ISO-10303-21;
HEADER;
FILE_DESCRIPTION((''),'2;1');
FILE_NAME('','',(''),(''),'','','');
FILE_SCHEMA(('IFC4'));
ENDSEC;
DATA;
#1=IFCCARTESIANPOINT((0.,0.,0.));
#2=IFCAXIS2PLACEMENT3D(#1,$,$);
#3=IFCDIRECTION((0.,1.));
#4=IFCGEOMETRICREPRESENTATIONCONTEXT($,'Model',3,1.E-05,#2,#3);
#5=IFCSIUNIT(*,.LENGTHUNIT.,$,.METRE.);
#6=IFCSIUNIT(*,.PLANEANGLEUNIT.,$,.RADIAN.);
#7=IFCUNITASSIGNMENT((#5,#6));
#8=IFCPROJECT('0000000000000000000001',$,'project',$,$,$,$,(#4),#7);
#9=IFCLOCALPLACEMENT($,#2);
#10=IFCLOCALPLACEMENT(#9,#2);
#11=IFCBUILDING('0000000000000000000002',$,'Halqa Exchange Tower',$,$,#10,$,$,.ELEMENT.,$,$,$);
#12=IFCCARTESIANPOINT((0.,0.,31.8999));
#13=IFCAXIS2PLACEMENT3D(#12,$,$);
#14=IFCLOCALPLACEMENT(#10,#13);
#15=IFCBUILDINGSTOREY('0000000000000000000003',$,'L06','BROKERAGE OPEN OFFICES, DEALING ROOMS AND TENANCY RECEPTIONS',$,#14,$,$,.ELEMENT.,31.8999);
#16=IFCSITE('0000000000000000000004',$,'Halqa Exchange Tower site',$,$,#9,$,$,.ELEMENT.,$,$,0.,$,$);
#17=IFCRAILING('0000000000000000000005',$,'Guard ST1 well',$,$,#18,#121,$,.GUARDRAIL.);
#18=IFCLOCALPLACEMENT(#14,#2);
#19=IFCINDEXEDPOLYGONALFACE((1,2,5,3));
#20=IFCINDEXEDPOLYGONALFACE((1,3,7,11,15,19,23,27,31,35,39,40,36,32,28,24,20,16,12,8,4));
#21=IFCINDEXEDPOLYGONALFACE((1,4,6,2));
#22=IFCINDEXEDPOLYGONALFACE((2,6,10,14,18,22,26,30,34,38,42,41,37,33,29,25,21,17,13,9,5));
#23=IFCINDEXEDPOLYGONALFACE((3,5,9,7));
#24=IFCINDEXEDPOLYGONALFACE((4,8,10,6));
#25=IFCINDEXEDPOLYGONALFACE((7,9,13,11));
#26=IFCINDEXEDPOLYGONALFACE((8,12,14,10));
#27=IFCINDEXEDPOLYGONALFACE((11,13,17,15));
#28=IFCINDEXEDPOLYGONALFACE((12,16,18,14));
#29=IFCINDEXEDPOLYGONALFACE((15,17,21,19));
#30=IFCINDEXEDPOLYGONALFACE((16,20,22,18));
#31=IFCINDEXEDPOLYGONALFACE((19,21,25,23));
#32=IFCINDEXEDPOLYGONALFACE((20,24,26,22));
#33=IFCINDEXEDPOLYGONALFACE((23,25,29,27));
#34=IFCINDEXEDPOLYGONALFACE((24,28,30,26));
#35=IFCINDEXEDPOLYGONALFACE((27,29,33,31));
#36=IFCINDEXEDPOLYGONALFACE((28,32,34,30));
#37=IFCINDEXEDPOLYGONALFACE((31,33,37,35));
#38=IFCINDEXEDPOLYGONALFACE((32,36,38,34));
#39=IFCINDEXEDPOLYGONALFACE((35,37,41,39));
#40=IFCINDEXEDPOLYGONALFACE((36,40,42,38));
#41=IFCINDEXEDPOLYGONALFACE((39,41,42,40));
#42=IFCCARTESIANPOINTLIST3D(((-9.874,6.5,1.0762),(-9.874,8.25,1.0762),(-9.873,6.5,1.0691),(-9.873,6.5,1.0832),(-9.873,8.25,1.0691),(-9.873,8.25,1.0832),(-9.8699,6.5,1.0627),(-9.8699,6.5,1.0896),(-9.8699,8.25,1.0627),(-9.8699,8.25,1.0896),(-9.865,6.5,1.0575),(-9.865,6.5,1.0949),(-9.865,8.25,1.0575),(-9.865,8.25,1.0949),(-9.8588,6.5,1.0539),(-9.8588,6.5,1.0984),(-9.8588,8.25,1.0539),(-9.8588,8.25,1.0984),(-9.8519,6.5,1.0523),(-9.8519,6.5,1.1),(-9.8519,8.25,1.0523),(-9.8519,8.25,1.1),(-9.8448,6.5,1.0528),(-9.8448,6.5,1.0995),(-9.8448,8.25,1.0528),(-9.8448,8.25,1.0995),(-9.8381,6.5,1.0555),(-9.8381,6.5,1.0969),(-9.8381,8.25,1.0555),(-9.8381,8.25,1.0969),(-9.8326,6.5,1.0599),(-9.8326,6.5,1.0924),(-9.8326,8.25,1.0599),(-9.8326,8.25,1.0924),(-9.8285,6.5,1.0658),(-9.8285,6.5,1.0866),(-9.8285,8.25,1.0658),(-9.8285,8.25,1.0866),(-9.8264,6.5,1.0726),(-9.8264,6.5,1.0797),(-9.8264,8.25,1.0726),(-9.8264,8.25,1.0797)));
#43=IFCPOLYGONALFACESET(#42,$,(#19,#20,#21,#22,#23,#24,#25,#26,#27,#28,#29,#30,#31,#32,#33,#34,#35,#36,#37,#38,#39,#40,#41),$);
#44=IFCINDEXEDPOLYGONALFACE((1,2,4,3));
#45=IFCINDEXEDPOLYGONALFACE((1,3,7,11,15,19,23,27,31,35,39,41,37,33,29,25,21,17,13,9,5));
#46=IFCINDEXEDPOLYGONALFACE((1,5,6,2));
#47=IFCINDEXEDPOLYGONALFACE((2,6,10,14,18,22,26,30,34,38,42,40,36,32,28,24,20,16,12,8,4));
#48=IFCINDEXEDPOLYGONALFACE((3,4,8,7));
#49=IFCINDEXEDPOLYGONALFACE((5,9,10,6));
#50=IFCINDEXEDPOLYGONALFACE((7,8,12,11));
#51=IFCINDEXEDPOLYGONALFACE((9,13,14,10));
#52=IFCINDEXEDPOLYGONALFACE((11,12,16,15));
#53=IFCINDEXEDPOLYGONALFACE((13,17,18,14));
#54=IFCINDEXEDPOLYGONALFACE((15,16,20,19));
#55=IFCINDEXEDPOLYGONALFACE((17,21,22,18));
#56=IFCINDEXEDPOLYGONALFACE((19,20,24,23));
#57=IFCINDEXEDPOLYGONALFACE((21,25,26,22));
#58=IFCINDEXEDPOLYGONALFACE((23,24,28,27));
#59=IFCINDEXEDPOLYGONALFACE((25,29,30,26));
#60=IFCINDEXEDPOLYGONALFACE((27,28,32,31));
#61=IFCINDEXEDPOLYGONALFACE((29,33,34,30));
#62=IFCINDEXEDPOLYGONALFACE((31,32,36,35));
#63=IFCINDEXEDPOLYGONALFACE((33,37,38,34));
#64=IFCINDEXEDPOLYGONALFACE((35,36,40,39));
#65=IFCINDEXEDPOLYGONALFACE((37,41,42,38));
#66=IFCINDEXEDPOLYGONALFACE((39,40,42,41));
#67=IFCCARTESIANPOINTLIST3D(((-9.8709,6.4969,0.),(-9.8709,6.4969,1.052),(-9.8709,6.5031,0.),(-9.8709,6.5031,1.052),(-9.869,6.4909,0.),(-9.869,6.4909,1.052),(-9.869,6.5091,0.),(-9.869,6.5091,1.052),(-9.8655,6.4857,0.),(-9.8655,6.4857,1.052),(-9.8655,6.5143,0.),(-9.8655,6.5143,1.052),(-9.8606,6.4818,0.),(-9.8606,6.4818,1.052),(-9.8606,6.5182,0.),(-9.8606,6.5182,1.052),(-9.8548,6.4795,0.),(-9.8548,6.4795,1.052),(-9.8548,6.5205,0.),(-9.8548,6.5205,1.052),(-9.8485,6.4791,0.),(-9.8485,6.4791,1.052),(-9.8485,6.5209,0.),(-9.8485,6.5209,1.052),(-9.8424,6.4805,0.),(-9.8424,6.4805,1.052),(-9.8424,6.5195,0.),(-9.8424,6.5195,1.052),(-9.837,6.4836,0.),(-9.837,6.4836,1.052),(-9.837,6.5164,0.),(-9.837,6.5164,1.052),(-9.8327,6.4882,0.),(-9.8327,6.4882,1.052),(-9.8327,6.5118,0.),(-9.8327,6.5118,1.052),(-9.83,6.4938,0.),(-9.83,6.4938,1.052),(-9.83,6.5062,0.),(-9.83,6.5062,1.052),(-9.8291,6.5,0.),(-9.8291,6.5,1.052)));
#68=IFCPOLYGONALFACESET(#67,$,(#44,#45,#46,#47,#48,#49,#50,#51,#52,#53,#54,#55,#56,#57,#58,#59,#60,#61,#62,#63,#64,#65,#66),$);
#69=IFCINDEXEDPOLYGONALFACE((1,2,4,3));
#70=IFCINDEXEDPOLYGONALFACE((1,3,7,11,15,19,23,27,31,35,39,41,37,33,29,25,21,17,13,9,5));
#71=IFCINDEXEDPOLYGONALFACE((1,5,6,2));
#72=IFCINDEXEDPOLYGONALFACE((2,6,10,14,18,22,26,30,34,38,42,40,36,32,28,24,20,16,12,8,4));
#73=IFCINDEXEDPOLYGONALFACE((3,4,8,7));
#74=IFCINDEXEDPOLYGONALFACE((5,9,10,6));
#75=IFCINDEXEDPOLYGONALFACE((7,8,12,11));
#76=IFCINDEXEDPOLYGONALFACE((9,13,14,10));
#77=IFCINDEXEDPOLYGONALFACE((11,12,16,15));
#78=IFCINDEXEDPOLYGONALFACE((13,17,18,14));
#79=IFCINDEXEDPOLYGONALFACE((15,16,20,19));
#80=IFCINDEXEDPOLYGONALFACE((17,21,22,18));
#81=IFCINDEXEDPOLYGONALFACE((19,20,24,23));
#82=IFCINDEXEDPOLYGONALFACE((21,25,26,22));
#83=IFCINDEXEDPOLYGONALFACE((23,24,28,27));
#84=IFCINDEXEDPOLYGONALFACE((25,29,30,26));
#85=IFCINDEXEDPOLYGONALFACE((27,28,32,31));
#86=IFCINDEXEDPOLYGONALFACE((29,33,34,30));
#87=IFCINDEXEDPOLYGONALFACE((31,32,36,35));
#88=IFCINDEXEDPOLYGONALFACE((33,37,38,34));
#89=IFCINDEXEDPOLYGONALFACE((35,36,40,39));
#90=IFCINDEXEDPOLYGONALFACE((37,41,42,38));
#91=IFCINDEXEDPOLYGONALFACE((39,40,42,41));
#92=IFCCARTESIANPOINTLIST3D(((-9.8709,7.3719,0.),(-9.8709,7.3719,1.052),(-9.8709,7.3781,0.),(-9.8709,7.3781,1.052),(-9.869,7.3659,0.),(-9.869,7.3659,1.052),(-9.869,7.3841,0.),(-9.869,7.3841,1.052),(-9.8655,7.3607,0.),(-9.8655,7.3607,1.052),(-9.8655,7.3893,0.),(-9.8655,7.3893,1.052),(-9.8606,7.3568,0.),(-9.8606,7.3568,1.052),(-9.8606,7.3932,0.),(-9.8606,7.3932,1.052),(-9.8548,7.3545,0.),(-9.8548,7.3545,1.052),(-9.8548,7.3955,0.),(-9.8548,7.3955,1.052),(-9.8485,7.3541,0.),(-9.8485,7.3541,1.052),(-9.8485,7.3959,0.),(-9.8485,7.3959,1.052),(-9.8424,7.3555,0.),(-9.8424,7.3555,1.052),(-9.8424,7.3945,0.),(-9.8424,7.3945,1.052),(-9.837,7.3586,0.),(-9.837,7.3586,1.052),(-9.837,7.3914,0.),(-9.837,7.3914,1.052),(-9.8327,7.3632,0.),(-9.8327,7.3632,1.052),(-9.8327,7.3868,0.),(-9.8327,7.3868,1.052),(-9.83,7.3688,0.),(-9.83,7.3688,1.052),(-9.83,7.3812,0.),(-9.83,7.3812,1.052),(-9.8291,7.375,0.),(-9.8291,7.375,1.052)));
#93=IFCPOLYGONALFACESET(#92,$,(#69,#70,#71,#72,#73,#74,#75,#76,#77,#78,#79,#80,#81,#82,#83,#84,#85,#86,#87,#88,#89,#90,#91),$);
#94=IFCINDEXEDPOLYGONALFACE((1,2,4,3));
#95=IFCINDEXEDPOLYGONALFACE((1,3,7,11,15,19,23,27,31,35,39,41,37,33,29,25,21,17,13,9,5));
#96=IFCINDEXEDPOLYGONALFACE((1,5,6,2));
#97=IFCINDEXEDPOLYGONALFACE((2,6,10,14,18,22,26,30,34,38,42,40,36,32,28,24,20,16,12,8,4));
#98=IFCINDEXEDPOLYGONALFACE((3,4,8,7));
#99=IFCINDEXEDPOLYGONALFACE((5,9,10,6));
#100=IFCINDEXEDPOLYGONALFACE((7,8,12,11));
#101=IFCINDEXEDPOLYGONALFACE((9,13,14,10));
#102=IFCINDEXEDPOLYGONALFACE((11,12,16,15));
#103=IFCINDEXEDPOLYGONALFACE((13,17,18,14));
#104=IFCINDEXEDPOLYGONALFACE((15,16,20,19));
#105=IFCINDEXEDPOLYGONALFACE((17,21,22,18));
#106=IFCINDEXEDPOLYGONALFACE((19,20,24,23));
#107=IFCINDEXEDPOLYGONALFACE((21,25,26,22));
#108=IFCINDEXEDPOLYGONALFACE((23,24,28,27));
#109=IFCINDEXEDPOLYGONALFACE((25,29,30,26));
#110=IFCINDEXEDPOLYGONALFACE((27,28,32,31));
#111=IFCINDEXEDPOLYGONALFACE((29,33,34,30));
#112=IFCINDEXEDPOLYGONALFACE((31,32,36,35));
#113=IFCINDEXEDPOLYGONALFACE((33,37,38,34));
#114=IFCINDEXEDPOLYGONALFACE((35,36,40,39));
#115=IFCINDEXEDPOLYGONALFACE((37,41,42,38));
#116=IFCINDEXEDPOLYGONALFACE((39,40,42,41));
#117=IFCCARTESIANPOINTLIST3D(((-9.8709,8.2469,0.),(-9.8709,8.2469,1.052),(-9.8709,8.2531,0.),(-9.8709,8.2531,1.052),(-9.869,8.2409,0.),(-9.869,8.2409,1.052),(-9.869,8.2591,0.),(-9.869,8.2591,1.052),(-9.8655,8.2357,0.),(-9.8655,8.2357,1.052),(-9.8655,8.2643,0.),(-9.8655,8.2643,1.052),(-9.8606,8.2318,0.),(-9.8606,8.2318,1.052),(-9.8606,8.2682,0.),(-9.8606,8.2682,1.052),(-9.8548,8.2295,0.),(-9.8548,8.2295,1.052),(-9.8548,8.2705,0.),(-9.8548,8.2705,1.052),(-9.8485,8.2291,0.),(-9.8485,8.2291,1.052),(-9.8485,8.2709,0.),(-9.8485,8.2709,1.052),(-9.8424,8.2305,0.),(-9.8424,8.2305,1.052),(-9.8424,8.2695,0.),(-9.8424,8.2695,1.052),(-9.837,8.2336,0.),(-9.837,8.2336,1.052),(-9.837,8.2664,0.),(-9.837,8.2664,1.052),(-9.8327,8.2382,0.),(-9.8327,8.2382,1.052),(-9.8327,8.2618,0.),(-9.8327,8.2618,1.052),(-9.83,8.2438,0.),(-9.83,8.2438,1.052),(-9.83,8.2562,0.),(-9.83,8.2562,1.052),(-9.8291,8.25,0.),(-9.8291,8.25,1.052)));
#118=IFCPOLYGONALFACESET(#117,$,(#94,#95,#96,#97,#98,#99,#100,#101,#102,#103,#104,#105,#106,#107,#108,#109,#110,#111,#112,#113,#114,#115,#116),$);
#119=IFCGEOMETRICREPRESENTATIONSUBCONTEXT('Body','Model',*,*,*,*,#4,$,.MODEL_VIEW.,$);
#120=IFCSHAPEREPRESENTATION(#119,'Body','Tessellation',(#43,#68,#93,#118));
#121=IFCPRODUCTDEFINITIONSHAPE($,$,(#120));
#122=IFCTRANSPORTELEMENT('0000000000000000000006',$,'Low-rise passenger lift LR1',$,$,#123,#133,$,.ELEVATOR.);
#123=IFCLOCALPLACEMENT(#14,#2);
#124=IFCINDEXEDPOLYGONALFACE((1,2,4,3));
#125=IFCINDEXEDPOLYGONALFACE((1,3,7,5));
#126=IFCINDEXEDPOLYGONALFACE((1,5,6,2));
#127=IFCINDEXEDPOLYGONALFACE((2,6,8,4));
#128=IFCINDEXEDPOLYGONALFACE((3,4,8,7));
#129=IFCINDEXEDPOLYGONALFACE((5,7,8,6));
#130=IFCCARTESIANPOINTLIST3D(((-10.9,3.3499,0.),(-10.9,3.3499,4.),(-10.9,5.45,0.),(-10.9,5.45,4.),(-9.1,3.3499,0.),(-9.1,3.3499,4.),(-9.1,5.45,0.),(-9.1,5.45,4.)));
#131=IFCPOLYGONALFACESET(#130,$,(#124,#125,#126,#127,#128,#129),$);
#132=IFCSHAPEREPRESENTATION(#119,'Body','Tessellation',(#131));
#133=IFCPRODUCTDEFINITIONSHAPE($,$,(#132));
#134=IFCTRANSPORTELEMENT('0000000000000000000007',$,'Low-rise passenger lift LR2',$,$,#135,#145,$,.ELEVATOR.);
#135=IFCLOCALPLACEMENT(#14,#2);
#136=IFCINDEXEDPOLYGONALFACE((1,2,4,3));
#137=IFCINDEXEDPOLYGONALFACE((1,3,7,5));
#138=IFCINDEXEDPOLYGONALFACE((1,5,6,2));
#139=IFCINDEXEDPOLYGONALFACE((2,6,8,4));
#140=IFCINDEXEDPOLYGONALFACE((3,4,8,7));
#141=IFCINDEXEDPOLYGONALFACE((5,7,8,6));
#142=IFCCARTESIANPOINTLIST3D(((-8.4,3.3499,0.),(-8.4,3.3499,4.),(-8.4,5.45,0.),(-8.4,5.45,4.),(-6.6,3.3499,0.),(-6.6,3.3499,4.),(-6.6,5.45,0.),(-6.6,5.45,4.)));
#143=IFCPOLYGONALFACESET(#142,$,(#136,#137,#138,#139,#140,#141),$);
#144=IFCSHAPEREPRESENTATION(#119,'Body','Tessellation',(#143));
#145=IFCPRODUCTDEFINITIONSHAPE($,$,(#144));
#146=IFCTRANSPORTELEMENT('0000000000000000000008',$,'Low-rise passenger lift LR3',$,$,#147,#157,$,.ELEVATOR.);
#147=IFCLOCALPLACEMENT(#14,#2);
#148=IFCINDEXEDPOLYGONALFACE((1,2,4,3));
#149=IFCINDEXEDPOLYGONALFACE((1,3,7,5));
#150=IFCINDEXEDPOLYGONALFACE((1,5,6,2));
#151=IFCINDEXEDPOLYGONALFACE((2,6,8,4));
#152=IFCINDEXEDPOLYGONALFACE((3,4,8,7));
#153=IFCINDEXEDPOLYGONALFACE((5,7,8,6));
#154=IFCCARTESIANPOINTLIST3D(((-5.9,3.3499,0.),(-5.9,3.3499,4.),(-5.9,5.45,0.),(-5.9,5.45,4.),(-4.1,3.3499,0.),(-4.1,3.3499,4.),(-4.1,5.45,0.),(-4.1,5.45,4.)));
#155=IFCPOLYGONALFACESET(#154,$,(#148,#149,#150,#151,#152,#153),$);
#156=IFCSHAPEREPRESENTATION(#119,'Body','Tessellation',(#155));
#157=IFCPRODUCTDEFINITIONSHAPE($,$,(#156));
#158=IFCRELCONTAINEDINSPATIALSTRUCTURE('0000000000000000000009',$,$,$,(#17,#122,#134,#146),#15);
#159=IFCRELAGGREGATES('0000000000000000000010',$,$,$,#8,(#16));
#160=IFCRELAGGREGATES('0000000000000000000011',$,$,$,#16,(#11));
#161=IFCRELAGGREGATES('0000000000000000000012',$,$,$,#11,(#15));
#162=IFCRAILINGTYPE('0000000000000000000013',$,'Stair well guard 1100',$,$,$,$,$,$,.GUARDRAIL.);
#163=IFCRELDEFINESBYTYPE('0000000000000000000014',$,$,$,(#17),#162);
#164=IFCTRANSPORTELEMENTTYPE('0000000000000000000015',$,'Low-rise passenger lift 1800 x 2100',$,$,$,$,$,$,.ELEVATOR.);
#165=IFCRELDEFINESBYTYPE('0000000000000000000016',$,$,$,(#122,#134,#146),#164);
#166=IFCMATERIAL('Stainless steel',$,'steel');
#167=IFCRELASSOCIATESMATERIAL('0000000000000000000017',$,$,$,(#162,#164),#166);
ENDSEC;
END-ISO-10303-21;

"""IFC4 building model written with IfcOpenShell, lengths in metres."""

from ifc_helpers import new_model, si_unit, direction, frame, origin, origin_2d, place, context, subcontext, project, spatial, rectangle, circle, extrude, material, type_object, element, save


model = new_model("IFC4")

# Units and contexts
model_context = context("Model", 3, precision=1e-05, world=origin(), true_north=direction((0.0, 1.0)))
body_context = subcontext(model_context, "Body", "Model", "MODEL_VIEW")
ifc_project = project(units=[si_unit("LENGTHUNIT", "METRE"), si_unit("PLANEANGLEUNIT", "RADIAN")], contexts=[model_context])

# Site, building, storey
site_placement = place(None, origin())
site = spatial("IfcSite", under=ifc_project, at=site_placement, Name="Halqa Exchange Tower site", CompositionType="ELEMENT", RefElevation=0.0)
building_placement = place(site_placement, origin())
building = spatial("IfcBuilding", under=site, at=building_placement, Name="Halqa Exchange Tower", CompositionType="ELEMENT")
storey_placement = place(building_placement, frame((0.0, 0.0, 31.8999)))
storey = spatial("IfcBuildingStorey", under=building, at=storey_placement, Name="L06", Description="BROKERAGE OPEN OFFICES, DEALING ROOMS AND TENANCY RECEPTIONS", CompositionType="ELEMENT", Elevation=31.8999)

# Shared definitions
ifc_material_1 = material(Name="Stainless steel", Category="steel")

# Railing
railing_type_1 = type_object("IfcRailingType", Name="Stair well guard 1100", PredefinedType="GUARDRAIL", material=ifc_material_1)
railing_1_placement = place(storey_placement, frame((-9.8501, 6.5, 0.0)))
element("IfcRailing", 1, at=railing_1_placement, inside=storey, type_object=railing_type_1, Name="Guard ST1 well", PredefinedType="GUARDRAIL", context=body_context, shape_type="SweptSolid", body=[
    extrude(circle(Radius=0.0239, at=origin_2d()), frame((0.0, 0.0, 1.0762), z_axis=(0.0, 1.0, 0.0), x_axis=(-1.0, 0.0, 0.0)), (0.0, 0.0, 1.0), 1.75),
    extrude(circle(Radius=0.021, at=origin_2d()), origin(), (0.0, 0.0, 1.0), 1.052),
    extrude(circle(Radius=0.021, at=origin_2d()), frame((0.0, 0.875, 0.0)), (0.0, 0.0, 1.0), 1.052),
    extrude(circle(Radius=0.021, at=origin_2d()), frame((0.0, 1.75, 0.0)), (0.0, 0.0, 1.0), 1.052),
])

# Transport elements
transport_element_type = type_object("IfcTransportElementType", Name="Low-rise passenger lift 1800 x 2100", PredefinedType="ELEVATOR", material=ifc_material_1)
for number, where, z_axis, x_axis, name in (
    (2, (-10.0, 4.3999, 0.0), (0.0, 0.0, 1.0), (1.0, 0.0, 0.0), "Low-rise passenger lift LR1"),
    (3, (-7.5, 4.3999, 0.0), (0.0, 0.0, 1.0), (1.0, 0.0, 0.0), "Low-rise passenger lift LR2"),
    (4, (-5.0, 4.3999, 0.0), (0.0, 0.0, 1.0), (1.0, 0.0, 0.0), "Low-rise passenger lift LR3"),
):
    element("IfcTransportElement", number, at=place(storey_placement, frame(where, z_axis=z_axis, x_axis=x_axis)), inside=storey, type_object=transport_element_type, Name=name, PredefinedType="ELEVATOR", context=body_context, shape_type="SweptSolid", body=[
        extrude(rectangle(XDim=1.8, YDim=2.1001, at=origin_2d()), origin(), (0.0, 0.0, 1.0), 4.0),
    ])

save(model, "model.ifc")
